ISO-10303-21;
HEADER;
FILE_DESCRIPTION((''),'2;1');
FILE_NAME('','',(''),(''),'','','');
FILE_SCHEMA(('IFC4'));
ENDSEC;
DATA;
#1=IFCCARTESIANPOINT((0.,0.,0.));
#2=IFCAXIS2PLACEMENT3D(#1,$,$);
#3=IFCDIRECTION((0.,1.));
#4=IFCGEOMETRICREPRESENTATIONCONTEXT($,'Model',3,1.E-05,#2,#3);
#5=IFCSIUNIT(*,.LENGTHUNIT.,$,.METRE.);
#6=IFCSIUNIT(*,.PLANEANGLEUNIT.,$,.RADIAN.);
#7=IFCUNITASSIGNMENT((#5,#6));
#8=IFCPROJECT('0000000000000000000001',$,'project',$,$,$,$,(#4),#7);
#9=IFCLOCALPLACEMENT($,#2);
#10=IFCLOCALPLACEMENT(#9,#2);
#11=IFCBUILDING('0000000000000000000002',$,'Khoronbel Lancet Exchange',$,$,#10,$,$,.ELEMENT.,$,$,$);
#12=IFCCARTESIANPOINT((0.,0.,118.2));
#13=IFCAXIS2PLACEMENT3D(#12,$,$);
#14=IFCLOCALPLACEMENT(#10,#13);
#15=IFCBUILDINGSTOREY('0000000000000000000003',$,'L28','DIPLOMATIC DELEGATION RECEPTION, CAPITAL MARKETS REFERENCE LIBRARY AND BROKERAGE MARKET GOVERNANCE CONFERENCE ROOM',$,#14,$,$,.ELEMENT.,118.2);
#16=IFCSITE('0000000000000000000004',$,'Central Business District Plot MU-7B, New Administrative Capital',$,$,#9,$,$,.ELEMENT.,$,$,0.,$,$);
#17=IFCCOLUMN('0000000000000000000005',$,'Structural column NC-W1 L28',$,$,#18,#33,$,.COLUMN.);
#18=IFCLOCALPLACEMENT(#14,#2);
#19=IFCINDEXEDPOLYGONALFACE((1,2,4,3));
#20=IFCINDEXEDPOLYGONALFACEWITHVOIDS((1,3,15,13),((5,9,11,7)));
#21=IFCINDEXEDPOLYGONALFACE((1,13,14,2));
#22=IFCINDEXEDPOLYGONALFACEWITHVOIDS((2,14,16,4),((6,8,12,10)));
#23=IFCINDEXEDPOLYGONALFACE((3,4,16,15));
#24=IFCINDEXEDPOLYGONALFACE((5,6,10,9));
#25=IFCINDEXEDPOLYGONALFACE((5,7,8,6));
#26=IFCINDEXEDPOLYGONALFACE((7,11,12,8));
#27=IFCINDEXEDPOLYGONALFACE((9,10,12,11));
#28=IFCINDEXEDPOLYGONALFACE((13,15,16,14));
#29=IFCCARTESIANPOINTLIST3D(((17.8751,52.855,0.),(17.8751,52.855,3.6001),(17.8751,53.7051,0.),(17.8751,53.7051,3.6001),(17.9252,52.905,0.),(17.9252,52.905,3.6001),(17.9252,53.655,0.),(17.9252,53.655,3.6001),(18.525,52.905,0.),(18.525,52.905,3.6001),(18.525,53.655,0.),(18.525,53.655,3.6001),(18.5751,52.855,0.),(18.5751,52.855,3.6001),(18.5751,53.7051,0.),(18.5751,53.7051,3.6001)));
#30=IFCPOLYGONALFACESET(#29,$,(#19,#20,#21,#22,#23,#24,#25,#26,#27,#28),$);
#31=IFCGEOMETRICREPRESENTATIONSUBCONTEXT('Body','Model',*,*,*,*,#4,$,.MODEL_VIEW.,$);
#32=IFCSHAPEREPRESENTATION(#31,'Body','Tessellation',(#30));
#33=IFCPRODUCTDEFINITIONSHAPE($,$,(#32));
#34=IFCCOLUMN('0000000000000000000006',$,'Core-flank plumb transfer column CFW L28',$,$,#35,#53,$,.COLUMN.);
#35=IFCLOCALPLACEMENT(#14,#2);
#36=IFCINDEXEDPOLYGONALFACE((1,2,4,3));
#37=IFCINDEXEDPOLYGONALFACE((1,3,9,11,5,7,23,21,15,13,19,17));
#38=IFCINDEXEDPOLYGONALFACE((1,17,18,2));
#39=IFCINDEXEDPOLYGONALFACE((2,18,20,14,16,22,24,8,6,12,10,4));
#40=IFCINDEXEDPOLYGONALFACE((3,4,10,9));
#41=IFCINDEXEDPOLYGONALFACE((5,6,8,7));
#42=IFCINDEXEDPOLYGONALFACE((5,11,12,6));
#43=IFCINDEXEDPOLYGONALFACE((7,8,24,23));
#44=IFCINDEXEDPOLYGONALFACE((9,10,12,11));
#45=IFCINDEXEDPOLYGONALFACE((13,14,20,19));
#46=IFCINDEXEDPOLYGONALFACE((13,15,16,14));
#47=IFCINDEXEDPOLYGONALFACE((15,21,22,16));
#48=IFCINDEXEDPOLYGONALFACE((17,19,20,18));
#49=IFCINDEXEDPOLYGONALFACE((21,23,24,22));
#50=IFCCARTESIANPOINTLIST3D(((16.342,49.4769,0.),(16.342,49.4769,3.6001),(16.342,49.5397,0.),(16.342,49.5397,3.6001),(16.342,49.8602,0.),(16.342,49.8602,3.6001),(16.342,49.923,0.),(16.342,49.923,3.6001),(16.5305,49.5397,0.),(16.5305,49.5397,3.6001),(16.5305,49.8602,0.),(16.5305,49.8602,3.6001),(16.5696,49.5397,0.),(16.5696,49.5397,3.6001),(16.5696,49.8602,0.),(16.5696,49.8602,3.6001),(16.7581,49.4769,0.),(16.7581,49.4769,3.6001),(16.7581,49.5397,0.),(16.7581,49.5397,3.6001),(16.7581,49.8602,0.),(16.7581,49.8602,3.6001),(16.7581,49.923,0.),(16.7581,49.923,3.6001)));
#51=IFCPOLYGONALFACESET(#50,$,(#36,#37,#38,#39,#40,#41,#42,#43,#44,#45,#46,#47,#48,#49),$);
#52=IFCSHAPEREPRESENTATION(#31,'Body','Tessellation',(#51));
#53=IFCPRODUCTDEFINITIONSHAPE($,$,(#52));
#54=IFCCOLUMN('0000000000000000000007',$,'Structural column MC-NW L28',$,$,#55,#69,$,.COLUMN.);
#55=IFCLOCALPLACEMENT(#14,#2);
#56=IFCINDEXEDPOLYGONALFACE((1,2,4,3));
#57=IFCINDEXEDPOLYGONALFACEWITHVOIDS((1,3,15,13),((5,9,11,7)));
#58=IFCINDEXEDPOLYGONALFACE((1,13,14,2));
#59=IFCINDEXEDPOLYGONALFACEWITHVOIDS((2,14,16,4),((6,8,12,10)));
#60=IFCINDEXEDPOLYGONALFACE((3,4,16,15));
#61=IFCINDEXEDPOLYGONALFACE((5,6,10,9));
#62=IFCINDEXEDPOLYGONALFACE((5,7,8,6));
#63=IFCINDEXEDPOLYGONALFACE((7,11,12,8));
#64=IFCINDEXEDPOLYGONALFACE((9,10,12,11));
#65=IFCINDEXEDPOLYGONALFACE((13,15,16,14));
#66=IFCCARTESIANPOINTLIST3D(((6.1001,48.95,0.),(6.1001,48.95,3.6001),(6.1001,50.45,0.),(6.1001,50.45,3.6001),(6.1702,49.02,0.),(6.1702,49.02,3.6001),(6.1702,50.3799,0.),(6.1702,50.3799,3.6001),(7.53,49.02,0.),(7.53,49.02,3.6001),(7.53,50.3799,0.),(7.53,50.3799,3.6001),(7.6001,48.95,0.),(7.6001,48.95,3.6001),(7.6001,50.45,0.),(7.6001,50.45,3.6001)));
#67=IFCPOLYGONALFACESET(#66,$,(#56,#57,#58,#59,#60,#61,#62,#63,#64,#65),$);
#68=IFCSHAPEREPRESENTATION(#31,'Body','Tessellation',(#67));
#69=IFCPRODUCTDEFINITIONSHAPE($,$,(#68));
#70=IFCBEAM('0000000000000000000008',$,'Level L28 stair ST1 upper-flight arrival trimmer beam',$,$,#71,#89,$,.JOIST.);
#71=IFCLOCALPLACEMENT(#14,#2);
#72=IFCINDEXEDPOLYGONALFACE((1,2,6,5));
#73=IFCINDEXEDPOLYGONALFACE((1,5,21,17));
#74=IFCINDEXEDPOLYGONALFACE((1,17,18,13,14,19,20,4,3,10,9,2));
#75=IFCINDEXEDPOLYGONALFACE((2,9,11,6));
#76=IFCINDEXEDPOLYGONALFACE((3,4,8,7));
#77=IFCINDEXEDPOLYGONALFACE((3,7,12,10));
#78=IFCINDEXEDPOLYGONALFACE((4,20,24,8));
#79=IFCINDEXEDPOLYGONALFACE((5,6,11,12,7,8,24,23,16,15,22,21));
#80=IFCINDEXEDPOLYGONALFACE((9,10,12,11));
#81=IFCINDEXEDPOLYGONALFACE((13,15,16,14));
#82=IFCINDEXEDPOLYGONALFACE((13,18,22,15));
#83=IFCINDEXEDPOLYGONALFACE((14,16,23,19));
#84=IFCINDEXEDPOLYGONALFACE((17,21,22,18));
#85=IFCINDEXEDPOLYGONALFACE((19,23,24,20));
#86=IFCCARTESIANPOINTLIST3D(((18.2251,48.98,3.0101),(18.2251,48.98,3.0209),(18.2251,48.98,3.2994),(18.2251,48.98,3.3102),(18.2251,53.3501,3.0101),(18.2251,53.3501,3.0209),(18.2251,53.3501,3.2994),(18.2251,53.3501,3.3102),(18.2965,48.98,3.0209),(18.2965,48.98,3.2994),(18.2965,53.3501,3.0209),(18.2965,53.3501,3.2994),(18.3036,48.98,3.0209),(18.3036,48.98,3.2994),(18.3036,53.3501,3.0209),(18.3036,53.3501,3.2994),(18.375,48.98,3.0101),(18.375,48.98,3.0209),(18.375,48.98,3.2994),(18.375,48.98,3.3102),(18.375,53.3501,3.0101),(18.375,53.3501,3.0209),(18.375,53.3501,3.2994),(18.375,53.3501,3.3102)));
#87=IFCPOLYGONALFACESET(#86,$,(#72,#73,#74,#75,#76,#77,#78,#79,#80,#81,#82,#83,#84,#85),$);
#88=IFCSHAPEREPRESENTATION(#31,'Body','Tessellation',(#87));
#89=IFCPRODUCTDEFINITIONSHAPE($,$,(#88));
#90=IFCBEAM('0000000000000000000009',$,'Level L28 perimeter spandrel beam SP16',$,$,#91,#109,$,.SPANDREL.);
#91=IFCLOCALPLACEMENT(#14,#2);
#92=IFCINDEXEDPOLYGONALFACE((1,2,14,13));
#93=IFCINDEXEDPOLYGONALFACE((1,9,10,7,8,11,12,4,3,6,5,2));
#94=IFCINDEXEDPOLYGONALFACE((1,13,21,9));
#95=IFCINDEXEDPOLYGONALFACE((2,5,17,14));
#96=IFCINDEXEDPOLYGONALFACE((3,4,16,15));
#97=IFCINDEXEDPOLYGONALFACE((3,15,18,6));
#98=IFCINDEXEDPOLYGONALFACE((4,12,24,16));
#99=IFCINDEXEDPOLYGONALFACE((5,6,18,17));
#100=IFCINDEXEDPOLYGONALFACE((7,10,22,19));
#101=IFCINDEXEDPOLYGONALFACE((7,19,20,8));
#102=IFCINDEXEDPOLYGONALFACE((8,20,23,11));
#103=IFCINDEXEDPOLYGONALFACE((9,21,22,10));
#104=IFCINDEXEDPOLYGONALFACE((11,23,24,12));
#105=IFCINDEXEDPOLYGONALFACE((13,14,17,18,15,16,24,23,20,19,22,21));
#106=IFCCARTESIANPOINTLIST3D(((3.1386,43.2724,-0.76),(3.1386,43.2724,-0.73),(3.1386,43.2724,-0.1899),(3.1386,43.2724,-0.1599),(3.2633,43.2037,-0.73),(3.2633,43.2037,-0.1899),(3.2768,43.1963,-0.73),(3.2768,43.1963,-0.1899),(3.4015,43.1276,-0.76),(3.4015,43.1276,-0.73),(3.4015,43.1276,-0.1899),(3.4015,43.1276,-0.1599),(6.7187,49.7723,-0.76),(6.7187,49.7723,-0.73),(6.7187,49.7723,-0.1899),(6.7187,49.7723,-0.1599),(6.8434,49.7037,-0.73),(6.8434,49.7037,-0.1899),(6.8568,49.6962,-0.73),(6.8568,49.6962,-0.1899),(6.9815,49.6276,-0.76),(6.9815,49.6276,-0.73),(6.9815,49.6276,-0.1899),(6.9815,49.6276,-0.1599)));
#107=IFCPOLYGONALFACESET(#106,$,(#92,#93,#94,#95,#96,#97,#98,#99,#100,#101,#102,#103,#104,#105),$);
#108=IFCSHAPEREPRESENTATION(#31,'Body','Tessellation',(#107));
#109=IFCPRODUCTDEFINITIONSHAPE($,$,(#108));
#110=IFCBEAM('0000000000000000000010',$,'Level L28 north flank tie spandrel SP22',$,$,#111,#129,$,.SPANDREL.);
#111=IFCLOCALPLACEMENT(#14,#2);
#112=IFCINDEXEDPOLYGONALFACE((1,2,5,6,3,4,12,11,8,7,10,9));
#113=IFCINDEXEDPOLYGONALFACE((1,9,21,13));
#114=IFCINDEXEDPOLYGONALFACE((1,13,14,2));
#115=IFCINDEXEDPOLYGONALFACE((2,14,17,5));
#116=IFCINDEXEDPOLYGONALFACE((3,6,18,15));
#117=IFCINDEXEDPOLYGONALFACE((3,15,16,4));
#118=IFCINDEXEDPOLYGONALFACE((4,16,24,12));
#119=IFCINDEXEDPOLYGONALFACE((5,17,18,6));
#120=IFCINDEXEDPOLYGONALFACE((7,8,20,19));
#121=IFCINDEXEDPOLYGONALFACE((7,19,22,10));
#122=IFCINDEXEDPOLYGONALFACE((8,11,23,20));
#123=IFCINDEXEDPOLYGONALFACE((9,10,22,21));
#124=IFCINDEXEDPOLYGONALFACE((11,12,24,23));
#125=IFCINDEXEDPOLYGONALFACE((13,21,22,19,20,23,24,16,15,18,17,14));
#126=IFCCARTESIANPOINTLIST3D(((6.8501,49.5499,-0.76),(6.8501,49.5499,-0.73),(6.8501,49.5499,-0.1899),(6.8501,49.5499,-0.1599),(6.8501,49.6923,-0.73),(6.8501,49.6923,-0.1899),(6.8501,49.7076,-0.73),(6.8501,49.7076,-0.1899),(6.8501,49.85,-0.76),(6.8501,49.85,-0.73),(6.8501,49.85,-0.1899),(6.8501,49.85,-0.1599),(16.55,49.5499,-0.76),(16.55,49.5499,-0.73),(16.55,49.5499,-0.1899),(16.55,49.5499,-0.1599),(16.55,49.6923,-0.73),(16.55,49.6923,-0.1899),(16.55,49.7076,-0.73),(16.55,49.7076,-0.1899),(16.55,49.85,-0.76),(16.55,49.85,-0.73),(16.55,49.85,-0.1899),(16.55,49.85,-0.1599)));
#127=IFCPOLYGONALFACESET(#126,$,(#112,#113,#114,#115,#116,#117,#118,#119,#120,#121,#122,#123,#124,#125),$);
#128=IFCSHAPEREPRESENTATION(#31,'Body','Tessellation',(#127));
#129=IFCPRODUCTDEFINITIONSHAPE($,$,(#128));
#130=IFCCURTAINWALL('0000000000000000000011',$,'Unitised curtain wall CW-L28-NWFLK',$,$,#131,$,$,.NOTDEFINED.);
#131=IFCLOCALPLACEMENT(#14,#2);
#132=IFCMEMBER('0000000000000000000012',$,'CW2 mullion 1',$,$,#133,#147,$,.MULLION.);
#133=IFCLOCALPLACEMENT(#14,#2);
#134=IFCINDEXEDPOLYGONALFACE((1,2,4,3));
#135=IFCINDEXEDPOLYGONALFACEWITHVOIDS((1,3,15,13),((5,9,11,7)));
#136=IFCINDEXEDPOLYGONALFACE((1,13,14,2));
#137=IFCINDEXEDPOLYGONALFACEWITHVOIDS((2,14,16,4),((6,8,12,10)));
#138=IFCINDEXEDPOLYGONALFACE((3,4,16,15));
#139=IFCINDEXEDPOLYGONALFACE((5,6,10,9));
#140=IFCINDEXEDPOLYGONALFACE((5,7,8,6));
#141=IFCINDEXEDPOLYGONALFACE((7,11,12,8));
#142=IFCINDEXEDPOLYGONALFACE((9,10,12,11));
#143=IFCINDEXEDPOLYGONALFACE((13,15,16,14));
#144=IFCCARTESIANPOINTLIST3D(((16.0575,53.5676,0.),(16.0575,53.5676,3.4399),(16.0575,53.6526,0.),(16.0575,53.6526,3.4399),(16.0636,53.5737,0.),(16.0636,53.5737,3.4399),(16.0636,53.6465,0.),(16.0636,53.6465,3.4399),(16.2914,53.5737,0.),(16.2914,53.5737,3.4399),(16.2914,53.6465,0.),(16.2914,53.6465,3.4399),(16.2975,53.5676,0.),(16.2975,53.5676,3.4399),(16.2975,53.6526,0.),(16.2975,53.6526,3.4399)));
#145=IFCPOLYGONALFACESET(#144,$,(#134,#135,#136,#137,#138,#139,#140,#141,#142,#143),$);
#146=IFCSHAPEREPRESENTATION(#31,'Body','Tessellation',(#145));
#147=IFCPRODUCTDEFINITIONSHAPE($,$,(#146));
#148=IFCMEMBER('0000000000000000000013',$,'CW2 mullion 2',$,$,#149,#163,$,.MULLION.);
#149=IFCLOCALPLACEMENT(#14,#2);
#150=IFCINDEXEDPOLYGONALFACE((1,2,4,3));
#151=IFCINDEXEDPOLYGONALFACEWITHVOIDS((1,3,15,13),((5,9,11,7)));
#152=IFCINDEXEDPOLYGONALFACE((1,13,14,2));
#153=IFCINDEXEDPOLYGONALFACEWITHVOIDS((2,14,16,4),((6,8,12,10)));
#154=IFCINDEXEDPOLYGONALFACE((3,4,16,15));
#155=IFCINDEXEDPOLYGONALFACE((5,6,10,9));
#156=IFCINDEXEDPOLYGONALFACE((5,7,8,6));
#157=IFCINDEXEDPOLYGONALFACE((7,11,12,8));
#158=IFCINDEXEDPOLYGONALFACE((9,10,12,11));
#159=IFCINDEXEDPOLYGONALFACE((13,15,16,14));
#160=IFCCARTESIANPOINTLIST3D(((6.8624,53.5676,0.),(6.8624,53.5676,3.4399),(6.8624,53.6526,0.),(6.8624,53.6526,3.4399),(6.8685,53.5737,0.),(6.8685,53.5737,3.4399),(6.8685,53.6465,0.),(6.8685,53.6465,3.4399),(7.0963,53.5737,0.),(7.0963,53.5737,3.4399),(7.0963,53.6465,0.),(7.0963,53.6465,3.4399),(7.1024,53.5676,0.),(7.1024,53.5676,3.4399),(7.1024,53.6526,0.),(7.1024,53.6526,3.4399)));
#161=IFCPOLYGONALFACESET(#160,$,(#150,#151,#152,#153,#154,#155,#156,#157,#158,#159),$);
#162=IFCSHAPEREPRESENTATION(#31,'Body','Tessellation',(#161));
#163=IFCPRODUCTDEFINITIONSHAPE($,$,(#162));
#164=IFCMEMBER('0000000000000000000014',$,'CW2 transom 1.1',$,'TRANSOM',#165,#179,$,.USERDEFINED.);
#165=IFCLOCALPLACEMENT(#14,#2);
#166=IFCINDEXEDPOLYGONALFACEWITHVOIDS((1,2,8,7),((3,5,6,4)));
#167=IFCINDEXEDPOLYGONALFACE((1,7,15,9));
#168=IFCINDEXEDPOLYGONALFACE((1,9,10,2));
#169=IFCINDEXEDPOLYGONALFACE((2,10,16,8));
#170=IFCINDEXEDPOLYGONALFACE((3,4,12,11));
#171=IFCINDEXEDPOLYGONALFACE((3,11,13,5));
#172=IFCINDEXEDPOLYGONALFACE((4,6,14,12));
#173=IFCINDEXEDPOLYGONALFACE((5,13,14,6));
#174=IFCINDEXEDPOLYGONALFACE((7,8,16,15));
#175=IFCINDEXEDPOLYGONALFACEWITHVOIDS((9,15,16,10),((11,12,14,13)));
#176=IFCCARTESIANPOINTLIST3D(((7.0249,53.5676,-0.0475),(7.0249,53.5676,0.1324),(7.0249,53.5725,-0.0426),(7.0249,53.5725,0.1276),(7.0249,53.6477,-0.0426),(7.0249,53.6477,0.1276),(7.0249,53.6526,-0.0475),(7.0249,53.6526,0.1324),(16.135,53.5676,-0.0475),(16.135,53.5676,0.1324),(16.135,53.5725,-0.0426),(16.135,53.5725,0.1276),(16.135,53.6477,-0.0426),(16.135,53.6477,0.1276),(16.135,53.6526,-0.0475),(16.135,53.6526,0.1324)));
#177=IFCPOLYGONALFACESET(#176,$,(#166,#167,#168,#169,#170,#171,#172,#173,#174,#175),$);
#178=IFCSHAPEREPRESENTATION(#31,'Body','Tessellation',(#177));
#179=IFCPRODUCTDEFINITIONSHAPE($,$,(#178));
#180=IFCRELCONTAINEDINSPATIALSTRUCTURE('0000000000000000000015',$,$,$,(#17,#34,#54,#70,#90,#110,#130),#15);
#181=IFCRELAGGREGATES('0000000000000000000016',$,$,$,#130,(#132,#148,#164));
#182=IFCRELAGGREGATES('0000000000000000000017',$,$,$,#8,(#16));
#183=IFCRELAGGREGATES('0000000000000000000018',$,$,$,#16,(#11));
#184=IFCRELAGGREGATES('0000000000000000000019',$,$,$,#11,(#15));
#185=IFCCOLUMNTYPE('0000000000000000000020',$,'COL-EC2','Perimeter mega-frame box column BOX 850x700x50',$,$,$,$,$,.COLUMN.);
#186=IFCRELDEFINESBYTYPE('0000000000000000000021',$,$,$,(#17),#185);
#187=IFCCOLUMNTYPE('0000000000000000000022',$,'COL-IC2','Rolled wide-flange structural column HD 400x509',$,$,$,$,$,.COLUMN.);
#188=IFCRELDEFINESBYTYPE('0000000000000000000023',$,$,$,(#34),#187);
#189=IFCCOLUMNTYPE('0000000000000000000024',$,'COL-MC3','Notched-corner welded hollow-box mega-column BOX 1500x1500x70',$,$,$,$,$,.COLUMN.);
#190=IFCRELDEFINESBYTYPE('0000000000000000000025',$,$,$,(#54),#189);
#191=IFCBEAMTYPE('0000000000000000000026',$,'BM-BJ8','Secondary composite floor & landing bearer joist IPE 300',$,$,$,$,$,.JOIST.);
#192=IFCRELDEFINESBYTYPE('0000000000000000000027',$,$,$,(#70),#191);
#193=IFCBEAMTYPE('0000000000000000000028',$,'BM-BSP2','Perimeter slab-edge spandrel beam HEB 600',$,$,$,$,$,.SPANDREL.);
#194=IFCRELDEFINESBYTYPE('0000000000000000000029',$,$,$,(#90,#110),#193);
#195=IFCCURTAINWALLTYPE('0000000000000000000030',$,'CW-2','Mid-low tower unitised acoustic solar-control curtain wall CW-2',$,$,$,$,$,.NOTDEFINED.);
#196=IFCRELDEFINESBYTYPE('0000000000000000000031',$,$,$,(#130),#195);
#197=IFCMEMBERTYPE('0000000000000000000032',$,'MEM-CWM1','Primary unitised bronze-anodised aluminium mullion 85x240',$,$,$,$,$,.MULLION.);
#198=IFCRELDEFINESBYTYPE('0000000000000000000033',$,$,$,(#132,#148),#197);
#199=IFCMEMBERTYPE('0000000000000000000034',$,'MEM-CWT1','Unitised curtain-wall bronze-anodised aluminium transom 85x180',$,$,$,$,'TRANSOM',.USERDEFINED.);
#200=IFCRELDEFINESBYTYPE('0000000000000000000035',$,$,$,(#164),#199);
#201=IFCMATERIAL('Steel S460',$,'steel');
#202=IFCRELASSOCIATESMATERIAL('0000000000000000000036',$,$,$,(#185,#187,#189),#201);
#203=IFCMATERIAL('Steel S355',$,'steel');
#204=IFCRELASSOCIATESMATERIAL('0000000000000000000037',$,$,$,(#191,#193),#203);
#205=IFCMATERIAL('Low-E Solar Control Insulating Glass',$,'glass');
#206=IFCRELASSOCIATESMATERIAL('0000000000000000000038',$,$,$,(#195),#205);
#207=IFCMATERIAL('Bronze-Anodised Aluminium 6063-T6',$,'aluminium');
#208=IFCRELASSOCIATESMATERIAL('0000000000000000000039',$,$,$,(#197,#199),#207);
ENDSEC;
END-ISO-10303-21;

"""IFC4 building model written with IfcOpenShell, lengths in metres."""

from ifc_helpers import new_model, si_unit, direction, frame, origin, origin_2d, place, context, subcontext, project, spatial, hollow_rectangle, i_section, extrude, material, material_profile, profile_set, type_object, element, aggregate, save


model = new_model("IFC4")

# Units and contexts
model_context = context("Model", 3, precision=1e-05, world=origin(), true_north=direction((0.0, 1.0)))
body_context = subcontext(model_context, "Body", "Model", "MODEL_VIEW")
ifc_project = project(units=[si_unit("LENGTHUNIT", "METRE"), si_unit("PLANEANGLEUNIT", "RADIAN")], contexts=[model_context])

# Site, building, storey
site_placement = place(None, origin())
site = spatial("IfcSite", under=ifc_project, at=site_placement, Name="Central Business District Plot MU-7B, New Administrative Capital", CompositionType="ELEMENT", RefElevation=0.0)
building_placement = place(site_placement, origin())
building = spatial("IfcBuilding", under=site, at=building_placement, Name="Khoronbel Lancet Exchange", CompositionType="ELEMENT")
storey_placement = place(building_placement, frame((0.0, 0.0, 118.2)))
storey = spatial("IfcBuildingStorey", under=building, at=storey_placement, Name="L28", Description="DIPLOMATIC DELEGATION RECEPTION, CAPITAL MARKETS REFERENCE LIBRARY AND BROKERAGE MARKET GOVERNANCE CONFERENCE ROOM", CompositionType="ELEMENT", Elevation=118.2)

# Columns
ifc_material_1 = material(Name="Steel S460", Category="steel")
ifc_material_profile_1 = material_profile(ifc_material_1, hollow_rectangle(XDim=0.7, YDim=0.8501, WallThickness=0.05, at=origin_2d()), Name="BOX 850x700x50")
ifc_profile_set_1 = profile_set([ifc_material_profile_1], Name="Steel S460")
column_type_1 = type_object("IfcColumnType", Name="COL-EC2", Description="Perimeter mega-frame box column BOX 850x700x50", PredefinedType="COLUMN", material=ifc_profile_set_1)
column_1_placement = place(storey_placement, frame((18.2251, 53.28, 0.0), z_axis=(0.0, 0.0, 1.0), x_axis=(1.0, 0.0, 0.0)))
element("IfcColumn", 1, at=column_1_placement, inside=storey, type_object=column_type_1, Name="Structural column NC-W1 L28", PredefinedType="COLUMN", context=body_context, shape_type="SweptSolid", body=[
    extrude(hollow_rectangle(XDim=0.7, YDim=0.8501, WallThickness=0.05, at=origin_2d()), origin(), (0.0, 0.0, 1.0), 3.6001),
])
ifc_material_profile_2 = material_profile(ifc_material_1, i_section(OverallWidth=0.416, OverallDepth=0.446, WebThickness=0.0391, FlangeThickness=0.0627, at=origin_2d()), Name="HD 400x509")
ifc_profile_set_2 = profile_set([ifc_material_profile_2], Name="Steel S460")
column_type_2 = type_object("IfcColumnType", Name="COL-IC2", Description="Rolled wide-flange structural column HD 400x509", PredefinedType="COLUMN", material=ifc_profile_set_2)
column_2_placement = place(storey_placement, frame((16.55, 49.7, 0.0), z_axis=(0.0, 0.0, 1.0), x_axis=(1.0, 0.0, 0.0)))
element("IfcColumn", 2, at=column_2_placement, inside=storey, type_object=column_type_2, Name="Core-flank plumb transfer column CFW L28", PredefinedType="COLUMN", context=body_context, shape_type="SweptSolid", body=[
    extrude(i_section(OverallWidth=0.416, OverallDepth=0.446, WebThickness=0.0391, FlangeThickness=0.0627, at=origin_2d()), origin(), (0.0, 0.0, 1.0), 3.6001),
])
ifc_material_profile_3 = material_profile(ifc_material_1, hollow_rectangle(XDim=1.5, YDim=1.5, WallThickness=0.0701, at=origin_2d()), Name="BOX 1500x1500x70")
ifc_profile_set_3 = profile_set([ifc_material_profile_3], Name="Steel S460")
column_type_3 = type_object("IfcColumnType", Name="COL-MC3", Description="Notched-corner welded hollow-box mega-column BOX 1500x1500x70", PredefinedType="COLUMN", material=ifc_profile_set_3)
column_3_placement = place(storey_placement, frame((6.8501, 49.7, 0.0), z_axis=(0.0, 0.0, 1.0), x_axis=(1.0, 0.0, 0.0)))
element("IfcColumn", 3, at=column_3_placement, inside=storey, type_object=column_type_3, Name="Structural column MC-NW L28", PredefinedType="COLUMN", context=body_context, shape_type="SweptSolid", body=[
    extrude(hollow_rectangle(XDim=1.5, YDim=1.5, WallThickness=0.0701, at=origin_2d()), origin(), (0.0, 0.0, 1.0), 3.6001),
])

# Beams
ifc_material_2 = material(Name="Steel S355", Category="steel")
ifc_material_profile_4 = material_profile(ifc_material_2, i_section(OverallWidth=0.1499, OverallDepth=0.3, WebThickness=0.0071, FlangeThickness=0.0107, at=origin_2d()), Name="IPE 300")
ifc_profile_set_4 = profile_set([ifc_material_profile_4], Name="Steel S355")
beam_type_1 = type_object("IfcBeamType", Name="BM-BJ8", Description="Secondary composite floor & landing bearer joist IPE 300", PredefinedType="JOIST", material=ifc_profile_set_4)
beam_1_placement = place(storey_placement, frame((18.3, 48.98, 3.1602), z_axis=(0.0, 1.0, 0.0), x_axis=(-1.0, 0.0, 0.0)))
element("IfcBeam", 4, at=beam_1_placement, inside=storey, type_object=beam_type_1, Name="Level L28 stair ST1 upper-flight arrival trimmer beam", PredefinedType="JOIST", context=body_context, shape_type="SweptSolid", body=[
    extrude(i_section(OverallWidth=0.1499, OverallDepth=0.3, WebThickness=0.0071, FlangeThickness=0.0107, at=origin_2d()), origin(), (0.0, 0.0, 1.0), 4.3701),
])
ifc_material_profile_5 = material_profile(ifc_material_2, i_section(OverallWidth=0.3, OverallDepth=0.6001, WebThickness=0.0154, FlangeThickness=0.03, at=origin_2d()), Name="HEB 600")
ifc_profile_set_5 = profile_set([ifc_material_profile_5], Name="Steel S355")
beam_type_2 = type_object("IfcBeamType", Name="BM-BSP2", Description="Perimeter slab-edge spandrel beam HEB 600", PredefinedType="SPANDREL", material=ifc_profile_set_5)
beam_2_placement = place(storey_placement, frame((6.8501, 49.7, -0.46), z_axis=(-0.482444, -0.875927, 0.0), x_axis=(0.875927, -0.482444, 0.0)))
element("IfcBeam", 5, at=beam_2_placement, inside=storey, type_object=beam_type_2, Name="Level L28 perimeter spandrel beam SP16", PredefinedType="SPANDREL", context=body_context, shape_type="SweptSolid", body=[
    extrude(i_section(OverallWidth=0.3, OverallDepth=0.6001, WebThickness=0.0154, FlangeThickness=0.03, at=origin_2d()), origin(), (0.0, 0.0, 1.0), 7.4207),
])
beam_3_placement = place(storey_placement, frame((6.8501, 49.7, -0.46), z_axis=(1.0, 0.0, 0.0), x_axis=(0.0, 1.0, 0.0)))
element("IfcBeam", 6, at=beam_3_placement, inside=storey, type_object=beam_type_2, Name="Level L28 north flank tie spandrel SP22", PredefinedType="SPANDREL", context=body_context, shape_type="SweptSolid", body=[
    extrude(i_section(OverallWidth=0.3, OverallDepth=0.6001, WebThickness=0.0154, FlangeThickness=0.03, at=origin_2d()), origin(), (0.0, 0.0, 1.0), 9.7),
])

# Curtain wall, members
ifc_material_3 = material(Name="Low-E Solar Control Insulating Glass", Category="glass")
curtain_wall_type = type_object("IfcCurtainWallType", Name="CW-2", Description="Mid-low tower unitised acoustic solar-control curtain wall CW-2", PredefinedType="NOTDEFINED", material=ifc_material_3)
curtain_wall_placement = place(storey_placement, origin())
curtain_wall = element("IfcCurtainWall", 7, at=curtain_wall_placement, inside=storey, type_object=curtain_wall_type, Name="Unitised curtain wall CW-L28-NWFLK", PredefinedType="NOTDEFINED")
ifc_material_4 = material(Name="Bronze-Anodised Aluminium 6063-T6", Category="aluminium")
ifc_material_profile_6 = material_profile(ifc_material_4, hollow_rectangle(XDim=0.085, YDim=0.24, WallThickness=0.0061, at=origin_2d()), Name="ALU MULLION 85x240")
ifc_profile_set_6 = profile_set([ifc_material_profile_6], Name="Bronze-Anodised Aluminium 6063-T6")
member_type_1 = type_object("IfcMemberType", Name="MEM-CWM1", Description="Primary unitised bronze-anodised aluminium mullion 85x240", PredefinedType="MULLION", material=ifc_profile_set_6)
member_1_placement = place(storey_placement, frame((16.1775, 53.6101, 0.0), z_axis=(0.0, 0.0, 1.0), x_axis=(0.0, -1.0, 0.0)))
member_1 = element("IfcMember", 8, at=member_1_placement, type_object=member_type_1, Name="CW2 mullion 1", PredefinedType="MULLION", context=body_context, shape_type="SweptSolid", body=[
    extrude(hollow_rectangle(XDim=0.085, YDim=0.24, WallThickness=0.0061, at=origin_2d()), origin(), (0.0, 0.0, 1.0), 3.4399),
])
member_2_placement = place(storey_placement, frame((6.9824, 53.6101, 0.0), z_axis=(0.0, 0.0, 1.0), x_axis=(0.0, -1.0, 0.0)))
member_2 = element("IfcMember", 9, at=member_2_placement, type_object=member_type_1, Name="CW2 mullion 2", PredefinedType="MULLION", context=body_context, shape_type="SweptSolid", body=[
    extrude(hollow_rectangle(XDim=0.085, YDim=0.24, WallThickness=0.0061, at=origin_2d()), origin(), (0.0, 0.0, 1.0), 3.4399),
])
ifc_material_profile_7 = material_profile(ifc_material_4, hollow_rectangle(XDim=0.085, YDim=0.1799, WallThickness=0.0049, at=origin_2d()), Name="ALU TRANSOM 85x180")
ifc_profile_set_7 = profile_set([ifc_material_profile_7], Name="Bronze-Anodised Aluminium 6063-T6")
member_type_2 = type_object("IfcMemberType", Name="MEM-CWT1", Description="Unitised curtain-wall bronze-anodised aluminium transom 85x180", ElementType="TRANSOM", PredefinedType="USERDEFINED", material=ifc_profile_set_7)
member_3_placement = place(storey_placement, frame((16.135, 53.6101, 0.0425), z_axis=(-1.0, 0.0, 0.0), x_axis=(0.0, -1.0, 0.0)))
member_3 = element("IfcMember", 10, at=member_3_placement, type_object=member_type_2, Name="CW2 transom 1.1", ObjectType="TRANSOM", PredefinedType="USERDEFINED", context=body_context, shape_type="SweptSolid", body=[
    extrude(hollow_rectangle(XDim=0.085, YDim=0.1799, WallThickness=0.0049, at=origin_2d()), origin(), (0.0, 0.0, 1.0), 9.1101),
])

aggregate(curtain_wall, [member_1, member_2, member_3])

save(model, "model.ifc")
